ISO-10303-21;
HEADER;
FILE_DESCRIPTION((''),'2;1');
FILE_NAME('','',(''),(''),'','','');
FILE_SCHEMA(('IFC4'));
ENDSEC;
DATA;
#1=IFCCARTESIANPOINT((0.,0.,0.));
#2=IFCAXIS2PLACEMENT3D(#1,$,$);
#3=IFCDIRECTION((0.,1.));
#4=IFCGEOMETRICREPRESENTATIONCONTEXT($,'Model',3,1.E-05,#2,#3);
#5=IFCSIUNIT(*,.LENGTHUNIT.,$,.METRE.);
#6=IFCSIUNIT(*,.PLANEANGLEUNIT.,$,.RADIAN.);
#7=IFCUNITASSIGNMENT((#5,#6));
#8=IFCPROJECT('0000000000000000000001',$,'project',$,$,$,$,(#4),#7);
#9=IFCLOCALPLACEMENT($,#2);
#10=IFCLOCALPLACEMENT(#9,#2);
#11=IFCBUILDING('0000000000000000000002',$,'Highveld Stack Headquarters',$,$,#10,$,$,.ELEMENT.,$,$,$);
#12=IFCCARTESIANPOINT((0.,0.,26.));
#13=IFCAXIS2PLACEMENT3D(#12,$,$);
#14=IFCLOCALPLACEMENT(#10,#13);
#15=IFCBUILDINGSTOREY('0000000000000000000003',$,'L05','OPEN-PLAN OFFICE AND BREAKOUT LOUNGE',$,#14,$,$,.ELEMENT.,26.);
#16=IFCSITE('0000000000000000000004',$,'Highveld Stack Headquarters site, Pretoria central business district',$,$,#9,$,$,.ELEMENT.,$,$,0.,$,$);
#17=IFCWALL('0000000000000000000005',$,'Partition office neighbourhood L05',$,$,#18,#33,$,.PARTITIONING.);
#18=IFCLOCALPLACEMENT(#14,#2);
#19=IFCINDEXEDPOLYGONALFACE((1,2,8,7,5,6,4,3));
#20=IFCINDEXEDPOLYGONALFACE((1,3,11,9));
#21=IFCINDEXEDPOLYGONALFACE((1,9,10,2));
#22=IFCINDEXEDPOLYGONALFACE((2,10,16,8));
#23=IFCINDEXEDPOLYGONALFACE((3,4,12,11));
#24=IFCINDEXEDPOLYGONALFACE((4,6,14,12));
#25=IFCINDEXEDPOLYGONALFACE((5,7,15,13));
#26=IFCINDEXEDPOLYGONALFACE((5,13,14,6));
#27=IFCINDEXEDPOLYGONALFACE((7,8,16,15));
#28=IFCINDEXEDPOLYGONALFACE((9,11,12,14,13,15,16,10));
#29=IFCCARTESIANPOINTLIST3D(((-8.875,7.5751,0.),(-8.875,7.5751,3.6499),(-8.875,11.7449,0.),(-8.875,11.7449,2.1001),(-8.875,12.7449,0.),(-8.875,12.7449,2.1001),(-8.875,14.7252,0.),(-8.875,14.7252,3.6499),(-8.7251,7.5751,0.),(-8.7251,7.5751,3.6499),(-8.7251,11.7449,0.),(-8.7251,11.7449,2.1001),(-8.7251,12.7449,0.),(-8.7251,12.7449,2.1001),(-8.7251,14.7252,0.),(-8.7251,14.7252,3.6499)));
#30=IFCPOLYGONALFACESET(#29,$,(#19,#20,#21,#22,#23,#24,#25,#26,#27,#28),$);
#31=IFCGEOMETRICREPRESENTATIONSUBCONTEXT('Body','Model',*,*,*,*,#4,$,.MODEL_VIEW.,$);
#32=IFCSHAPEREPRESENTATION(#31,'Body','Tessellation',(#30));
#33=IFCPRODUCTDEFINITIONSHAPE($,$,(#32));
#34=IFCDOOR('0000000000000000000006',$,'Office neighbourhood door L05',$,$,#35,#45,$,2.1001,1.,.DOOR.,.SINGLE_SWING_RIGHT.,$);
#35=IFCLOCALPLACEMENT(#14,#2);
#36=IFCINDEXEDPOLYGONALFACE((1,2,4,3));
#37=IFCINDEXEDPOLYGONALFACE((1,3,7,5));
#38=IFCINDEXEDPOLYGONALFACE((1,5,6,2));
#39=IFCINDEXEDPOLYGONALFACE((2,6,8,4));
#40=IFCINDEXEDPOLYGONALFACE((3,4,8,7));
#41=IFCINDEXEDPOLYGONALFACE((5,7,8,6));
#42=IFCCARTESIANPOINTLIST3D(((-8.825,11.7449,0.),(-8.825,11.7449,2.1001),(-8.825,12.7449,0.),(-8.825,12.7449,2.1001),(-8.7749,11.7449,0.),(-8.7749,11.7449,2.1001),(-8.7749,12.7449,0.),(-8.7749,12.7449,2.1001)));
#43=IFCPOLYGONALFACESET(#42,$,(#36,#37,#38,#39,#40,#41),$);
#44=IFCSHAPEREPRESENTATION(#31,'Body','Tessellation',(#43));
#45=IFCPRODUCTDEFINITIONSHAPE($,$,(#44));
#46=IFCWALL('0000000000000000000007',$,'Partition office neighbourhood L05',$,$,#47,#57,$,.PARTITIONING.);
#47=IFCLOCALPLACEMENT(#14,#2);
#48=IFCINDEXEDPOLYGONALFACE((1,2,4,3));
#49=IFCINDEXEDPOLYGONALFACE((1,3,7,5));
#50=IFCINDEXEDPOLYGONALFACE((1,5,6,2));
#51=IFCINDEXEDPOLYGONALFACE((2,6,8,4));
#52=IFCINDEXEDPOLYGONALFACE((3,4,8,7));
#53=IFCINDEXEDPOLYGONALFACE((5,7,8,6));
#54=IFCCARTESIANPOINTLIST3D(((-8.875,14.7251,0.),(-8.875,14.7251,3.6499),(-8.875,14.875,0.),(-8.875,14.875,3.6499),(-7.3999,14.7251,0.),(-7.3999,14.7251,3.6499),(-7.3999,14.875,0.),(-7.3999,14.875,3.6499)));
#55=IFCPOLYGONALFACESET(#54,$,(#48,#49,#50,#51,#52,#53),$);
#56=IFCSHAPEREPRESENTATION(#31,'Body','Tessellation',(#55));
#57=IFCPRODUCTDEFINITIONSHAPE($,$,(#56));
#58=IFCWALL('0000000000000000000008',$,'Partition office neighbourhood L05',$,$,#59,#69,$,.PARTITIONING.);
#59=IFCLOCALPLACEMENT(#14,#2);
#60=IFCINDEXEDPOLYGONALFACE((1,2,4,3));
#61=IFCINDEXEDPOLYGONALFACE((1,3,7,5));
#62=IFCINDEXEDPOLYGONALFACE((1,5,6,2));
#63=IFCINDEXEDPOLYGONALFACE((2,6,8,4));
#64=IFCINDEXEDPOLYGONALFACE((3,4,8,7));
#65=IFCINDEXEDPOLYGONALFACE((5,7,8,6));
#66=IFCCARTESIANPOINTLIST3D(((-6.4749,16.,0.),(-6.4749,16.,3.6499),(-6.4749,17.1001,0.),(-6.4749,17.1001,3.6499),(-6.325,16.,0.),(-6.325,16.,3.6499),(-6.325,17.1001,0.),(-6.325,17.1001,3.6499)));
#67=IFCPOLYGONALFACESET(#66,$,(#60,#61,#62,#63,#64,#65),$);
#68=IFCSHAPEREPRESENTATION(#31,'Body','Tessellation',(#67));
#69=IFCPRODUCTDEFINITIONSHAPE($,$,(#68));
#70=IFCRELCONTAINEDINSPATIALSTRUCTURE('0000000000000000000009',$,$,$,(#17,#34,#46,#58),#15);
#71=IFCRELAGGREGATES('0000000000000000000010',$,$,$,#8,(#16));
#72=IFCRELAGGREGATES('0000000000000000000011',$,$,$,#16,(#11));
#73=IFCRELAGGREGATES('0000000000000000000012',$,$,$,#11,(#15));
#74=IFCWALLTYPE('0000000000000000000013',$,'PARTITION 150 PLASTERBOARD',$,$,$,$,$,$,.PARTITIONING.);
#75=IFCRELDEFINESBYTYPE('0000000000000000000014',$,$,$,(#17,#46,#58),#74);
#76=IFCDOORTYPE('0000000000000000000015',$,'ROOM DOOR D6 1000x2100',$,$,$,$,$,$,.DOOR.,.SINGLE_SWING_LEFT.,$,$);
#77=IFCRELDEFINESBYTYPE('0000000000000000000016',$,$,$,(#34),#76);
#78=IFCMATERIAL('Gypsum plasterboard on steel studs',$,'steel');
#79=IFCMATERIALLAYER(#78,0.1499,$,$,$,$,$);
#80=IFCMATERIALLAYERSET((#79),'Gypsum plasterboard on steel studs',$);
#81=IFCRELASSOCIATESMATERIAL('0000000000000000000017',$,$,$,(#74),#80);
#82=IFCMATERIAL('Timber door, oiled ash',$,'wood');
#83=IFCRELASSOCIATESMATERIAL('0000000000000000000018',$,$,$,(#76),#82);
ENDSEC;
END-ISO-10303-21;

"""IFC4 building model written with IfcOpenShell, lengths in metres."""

from ifc_helpers import new_model, si_unit, direction, frame, frame_2d, origin, place, context, subcontext, project, spatial, rectangle, extrude, material, layer, layer_set, type_object, element, fill, save


model = new_model("IFC4")

# Units and contexts
model_context = context("Model", 3, precision=1e-05, world=origin(), true_north=direction((0.0, 1.0)))
body_context = subcontext(model_context, "Body", "Model", "MODEL_VIEW")
ifc_project = project(units=[si_unit("LENGTHUNIT", "METRE"), si_unit("PLANEANGLEUNIT", "RADIAN")], contexts=[model_context])

# Site, building, storey
site_placement = place(None, origin())
site = spatial("IfcSite", under=ifc_project, at=site_placement, Name="Highveld Stack Headquarters site, Pretoria central business district", CompositionType="ELEMENT", RefElevation=0.0)
building_placement = place(site_placement, origin())
building = spatial("IfcBuilding", under=site, at=building_placement, Name="Highveld Stack Headquarters", CompositionType="ELEMENT")
storey_placement = place(building_placement, frame((0.0, 0.0, 26.0)))
storey = spatial("IfcBuildingStorey", under=building, at=storey_placement, Name="L05", Description="OPEN-PLAN OFFICE AND BREAKOUT LOUNGE", CompositionType="ELEMENT", Elevation=26.0)

# Wall, opening, door
ifc_material_1 = material(Name="Gypsum plasterboard on steel studs", Category="steel")
ifc_layer_1 = layer(ifc_material_1, 0.1499)
ifc_layer_set_1 = layer_set([ifc_layer_1], Name="Gypsum plasterboard on steel studs")
wall_type_1 = type_object("IfcWallType", Name="PARTITION 150 PLASTERBOARD", PredefinedType="PARTITIONING", material=ifc_layer_set_1)
ifc_material_2 = material(Name="Timber door, oiled ash", Category="wood")
door_type_1 = type_object("IfcDoorType", Name="ROOM DOOR D6 1000x2100", OperationType="SINGLE_SWING_LEFT", PredefinedType="DOOR", material=ifc_material_2)
wall_1_placement = place(storey_placement, frame((-8.8, 7.575, 0.0), z_axis=(0.0, 0.0, 1.0), x_axis=(0.0, 1.0, 0.0)))
wall_1 = element("IfcWall", 1, at=wall_1_placement, inside=storey, type_object=wall_type_1, Name="Partition office neighbourhood L05", PredefinedType="PARTITIONING", context=body_context, shape_type="SweptSolid", body=[
    extrude(rectangle(XDim=7.1501, YDim=0.1499, at=frame_2d((3.5752, 0.0))), origin(), (0.0, 0.0, 1.0), 3.6499),
])
opening_1_placement = place(wall_1_placement, frame((4.1699, 0.0, 0.0)))
opening_1 = element("IfcOpeningElement", 2, at=opening_1_placement, cuts=wall_1, PredefinedType="OPENING", context=body_context, shape_type="SweptSolid", body=[
    extrude(rectangle(XDim=1.0, YDim=2.1001, at=frame_2d((0.5, 1.05))), frame((0.0, 0.085, 0.0), z_axis=(0.0, -1.0, 0.0), x_axis=(1.0, 0.0, 0.0)), (0.0, 0.0, 1.0), 0.1699),
])
door_1_placement = place(opening_1_placement, origin())
door_1 = element("IfcDoor", 3, at=door_1_placement, inside=storey, type_object=door_type_1, Name="Office neighbourhood door L05", OperationType="SINGLE_SWING_RIGHT", OverallHeight=2.1001, OverallWidth=1.0, PredefinedType="DOOR", context=body_context, shape_type="SweptSolid", body=[
    extrude(rectangle(XDim=1.0, YDim=2.1001, at=frame_2d((0.5, 1.05))), frame((0.0, 0.0249, 0.0), z_axis=(0.0, -1.0, 0.0), x_axis=(1.0, 0.0, 0.0)), (0.0, 0.0, 1.0), 0.05),
])
fill(opening_1, door_1)

# Walls
wall_2_placement = place(storey_placement, frame((-8.875, 14.8, 0.0), z_axis=(0.0, 0.0, 1.0), x_axis=(1.0, 0.0, 0.0)))
element("IfcWall", 4, at=wall_2_placement, inside=storey, type_object=wall_type_1, Name="Partition office neighbourhood L05", PredefinedType="PARTITIONING", context=body_context, shape_type="SweptSolid", body=[
    extrude(rectangle(XDim=1.4751, YDim=0.1499, at=frame_2d((0.7375, 0.0))), origin(), (0.0, 0.0, 1.0), 3.6499),
])
wall_3_placement = place(storey_placement, frame((-6.3999, 16.0, 0.0), z_axis=(0.0, 0.0, 1.0), x_axis=(0.0, 1.0, 0.0)))
element("IfcWall", 5, at=wall_3_placement, inside=storey, type_object=wall_type_1, Name="Partition office neighbourhood L05", PredefinedType="PARTITIONING", context=body_context, shape_type="SweptSolid", body=[
    extrude(rectangle(XDim=1.1001, YDim=0.1499, at=frame_2d((0.55, 0.0))), origin(), (0.0, 0.0, 1.0), 3.6499),
])

save(model, "model.ifc")
